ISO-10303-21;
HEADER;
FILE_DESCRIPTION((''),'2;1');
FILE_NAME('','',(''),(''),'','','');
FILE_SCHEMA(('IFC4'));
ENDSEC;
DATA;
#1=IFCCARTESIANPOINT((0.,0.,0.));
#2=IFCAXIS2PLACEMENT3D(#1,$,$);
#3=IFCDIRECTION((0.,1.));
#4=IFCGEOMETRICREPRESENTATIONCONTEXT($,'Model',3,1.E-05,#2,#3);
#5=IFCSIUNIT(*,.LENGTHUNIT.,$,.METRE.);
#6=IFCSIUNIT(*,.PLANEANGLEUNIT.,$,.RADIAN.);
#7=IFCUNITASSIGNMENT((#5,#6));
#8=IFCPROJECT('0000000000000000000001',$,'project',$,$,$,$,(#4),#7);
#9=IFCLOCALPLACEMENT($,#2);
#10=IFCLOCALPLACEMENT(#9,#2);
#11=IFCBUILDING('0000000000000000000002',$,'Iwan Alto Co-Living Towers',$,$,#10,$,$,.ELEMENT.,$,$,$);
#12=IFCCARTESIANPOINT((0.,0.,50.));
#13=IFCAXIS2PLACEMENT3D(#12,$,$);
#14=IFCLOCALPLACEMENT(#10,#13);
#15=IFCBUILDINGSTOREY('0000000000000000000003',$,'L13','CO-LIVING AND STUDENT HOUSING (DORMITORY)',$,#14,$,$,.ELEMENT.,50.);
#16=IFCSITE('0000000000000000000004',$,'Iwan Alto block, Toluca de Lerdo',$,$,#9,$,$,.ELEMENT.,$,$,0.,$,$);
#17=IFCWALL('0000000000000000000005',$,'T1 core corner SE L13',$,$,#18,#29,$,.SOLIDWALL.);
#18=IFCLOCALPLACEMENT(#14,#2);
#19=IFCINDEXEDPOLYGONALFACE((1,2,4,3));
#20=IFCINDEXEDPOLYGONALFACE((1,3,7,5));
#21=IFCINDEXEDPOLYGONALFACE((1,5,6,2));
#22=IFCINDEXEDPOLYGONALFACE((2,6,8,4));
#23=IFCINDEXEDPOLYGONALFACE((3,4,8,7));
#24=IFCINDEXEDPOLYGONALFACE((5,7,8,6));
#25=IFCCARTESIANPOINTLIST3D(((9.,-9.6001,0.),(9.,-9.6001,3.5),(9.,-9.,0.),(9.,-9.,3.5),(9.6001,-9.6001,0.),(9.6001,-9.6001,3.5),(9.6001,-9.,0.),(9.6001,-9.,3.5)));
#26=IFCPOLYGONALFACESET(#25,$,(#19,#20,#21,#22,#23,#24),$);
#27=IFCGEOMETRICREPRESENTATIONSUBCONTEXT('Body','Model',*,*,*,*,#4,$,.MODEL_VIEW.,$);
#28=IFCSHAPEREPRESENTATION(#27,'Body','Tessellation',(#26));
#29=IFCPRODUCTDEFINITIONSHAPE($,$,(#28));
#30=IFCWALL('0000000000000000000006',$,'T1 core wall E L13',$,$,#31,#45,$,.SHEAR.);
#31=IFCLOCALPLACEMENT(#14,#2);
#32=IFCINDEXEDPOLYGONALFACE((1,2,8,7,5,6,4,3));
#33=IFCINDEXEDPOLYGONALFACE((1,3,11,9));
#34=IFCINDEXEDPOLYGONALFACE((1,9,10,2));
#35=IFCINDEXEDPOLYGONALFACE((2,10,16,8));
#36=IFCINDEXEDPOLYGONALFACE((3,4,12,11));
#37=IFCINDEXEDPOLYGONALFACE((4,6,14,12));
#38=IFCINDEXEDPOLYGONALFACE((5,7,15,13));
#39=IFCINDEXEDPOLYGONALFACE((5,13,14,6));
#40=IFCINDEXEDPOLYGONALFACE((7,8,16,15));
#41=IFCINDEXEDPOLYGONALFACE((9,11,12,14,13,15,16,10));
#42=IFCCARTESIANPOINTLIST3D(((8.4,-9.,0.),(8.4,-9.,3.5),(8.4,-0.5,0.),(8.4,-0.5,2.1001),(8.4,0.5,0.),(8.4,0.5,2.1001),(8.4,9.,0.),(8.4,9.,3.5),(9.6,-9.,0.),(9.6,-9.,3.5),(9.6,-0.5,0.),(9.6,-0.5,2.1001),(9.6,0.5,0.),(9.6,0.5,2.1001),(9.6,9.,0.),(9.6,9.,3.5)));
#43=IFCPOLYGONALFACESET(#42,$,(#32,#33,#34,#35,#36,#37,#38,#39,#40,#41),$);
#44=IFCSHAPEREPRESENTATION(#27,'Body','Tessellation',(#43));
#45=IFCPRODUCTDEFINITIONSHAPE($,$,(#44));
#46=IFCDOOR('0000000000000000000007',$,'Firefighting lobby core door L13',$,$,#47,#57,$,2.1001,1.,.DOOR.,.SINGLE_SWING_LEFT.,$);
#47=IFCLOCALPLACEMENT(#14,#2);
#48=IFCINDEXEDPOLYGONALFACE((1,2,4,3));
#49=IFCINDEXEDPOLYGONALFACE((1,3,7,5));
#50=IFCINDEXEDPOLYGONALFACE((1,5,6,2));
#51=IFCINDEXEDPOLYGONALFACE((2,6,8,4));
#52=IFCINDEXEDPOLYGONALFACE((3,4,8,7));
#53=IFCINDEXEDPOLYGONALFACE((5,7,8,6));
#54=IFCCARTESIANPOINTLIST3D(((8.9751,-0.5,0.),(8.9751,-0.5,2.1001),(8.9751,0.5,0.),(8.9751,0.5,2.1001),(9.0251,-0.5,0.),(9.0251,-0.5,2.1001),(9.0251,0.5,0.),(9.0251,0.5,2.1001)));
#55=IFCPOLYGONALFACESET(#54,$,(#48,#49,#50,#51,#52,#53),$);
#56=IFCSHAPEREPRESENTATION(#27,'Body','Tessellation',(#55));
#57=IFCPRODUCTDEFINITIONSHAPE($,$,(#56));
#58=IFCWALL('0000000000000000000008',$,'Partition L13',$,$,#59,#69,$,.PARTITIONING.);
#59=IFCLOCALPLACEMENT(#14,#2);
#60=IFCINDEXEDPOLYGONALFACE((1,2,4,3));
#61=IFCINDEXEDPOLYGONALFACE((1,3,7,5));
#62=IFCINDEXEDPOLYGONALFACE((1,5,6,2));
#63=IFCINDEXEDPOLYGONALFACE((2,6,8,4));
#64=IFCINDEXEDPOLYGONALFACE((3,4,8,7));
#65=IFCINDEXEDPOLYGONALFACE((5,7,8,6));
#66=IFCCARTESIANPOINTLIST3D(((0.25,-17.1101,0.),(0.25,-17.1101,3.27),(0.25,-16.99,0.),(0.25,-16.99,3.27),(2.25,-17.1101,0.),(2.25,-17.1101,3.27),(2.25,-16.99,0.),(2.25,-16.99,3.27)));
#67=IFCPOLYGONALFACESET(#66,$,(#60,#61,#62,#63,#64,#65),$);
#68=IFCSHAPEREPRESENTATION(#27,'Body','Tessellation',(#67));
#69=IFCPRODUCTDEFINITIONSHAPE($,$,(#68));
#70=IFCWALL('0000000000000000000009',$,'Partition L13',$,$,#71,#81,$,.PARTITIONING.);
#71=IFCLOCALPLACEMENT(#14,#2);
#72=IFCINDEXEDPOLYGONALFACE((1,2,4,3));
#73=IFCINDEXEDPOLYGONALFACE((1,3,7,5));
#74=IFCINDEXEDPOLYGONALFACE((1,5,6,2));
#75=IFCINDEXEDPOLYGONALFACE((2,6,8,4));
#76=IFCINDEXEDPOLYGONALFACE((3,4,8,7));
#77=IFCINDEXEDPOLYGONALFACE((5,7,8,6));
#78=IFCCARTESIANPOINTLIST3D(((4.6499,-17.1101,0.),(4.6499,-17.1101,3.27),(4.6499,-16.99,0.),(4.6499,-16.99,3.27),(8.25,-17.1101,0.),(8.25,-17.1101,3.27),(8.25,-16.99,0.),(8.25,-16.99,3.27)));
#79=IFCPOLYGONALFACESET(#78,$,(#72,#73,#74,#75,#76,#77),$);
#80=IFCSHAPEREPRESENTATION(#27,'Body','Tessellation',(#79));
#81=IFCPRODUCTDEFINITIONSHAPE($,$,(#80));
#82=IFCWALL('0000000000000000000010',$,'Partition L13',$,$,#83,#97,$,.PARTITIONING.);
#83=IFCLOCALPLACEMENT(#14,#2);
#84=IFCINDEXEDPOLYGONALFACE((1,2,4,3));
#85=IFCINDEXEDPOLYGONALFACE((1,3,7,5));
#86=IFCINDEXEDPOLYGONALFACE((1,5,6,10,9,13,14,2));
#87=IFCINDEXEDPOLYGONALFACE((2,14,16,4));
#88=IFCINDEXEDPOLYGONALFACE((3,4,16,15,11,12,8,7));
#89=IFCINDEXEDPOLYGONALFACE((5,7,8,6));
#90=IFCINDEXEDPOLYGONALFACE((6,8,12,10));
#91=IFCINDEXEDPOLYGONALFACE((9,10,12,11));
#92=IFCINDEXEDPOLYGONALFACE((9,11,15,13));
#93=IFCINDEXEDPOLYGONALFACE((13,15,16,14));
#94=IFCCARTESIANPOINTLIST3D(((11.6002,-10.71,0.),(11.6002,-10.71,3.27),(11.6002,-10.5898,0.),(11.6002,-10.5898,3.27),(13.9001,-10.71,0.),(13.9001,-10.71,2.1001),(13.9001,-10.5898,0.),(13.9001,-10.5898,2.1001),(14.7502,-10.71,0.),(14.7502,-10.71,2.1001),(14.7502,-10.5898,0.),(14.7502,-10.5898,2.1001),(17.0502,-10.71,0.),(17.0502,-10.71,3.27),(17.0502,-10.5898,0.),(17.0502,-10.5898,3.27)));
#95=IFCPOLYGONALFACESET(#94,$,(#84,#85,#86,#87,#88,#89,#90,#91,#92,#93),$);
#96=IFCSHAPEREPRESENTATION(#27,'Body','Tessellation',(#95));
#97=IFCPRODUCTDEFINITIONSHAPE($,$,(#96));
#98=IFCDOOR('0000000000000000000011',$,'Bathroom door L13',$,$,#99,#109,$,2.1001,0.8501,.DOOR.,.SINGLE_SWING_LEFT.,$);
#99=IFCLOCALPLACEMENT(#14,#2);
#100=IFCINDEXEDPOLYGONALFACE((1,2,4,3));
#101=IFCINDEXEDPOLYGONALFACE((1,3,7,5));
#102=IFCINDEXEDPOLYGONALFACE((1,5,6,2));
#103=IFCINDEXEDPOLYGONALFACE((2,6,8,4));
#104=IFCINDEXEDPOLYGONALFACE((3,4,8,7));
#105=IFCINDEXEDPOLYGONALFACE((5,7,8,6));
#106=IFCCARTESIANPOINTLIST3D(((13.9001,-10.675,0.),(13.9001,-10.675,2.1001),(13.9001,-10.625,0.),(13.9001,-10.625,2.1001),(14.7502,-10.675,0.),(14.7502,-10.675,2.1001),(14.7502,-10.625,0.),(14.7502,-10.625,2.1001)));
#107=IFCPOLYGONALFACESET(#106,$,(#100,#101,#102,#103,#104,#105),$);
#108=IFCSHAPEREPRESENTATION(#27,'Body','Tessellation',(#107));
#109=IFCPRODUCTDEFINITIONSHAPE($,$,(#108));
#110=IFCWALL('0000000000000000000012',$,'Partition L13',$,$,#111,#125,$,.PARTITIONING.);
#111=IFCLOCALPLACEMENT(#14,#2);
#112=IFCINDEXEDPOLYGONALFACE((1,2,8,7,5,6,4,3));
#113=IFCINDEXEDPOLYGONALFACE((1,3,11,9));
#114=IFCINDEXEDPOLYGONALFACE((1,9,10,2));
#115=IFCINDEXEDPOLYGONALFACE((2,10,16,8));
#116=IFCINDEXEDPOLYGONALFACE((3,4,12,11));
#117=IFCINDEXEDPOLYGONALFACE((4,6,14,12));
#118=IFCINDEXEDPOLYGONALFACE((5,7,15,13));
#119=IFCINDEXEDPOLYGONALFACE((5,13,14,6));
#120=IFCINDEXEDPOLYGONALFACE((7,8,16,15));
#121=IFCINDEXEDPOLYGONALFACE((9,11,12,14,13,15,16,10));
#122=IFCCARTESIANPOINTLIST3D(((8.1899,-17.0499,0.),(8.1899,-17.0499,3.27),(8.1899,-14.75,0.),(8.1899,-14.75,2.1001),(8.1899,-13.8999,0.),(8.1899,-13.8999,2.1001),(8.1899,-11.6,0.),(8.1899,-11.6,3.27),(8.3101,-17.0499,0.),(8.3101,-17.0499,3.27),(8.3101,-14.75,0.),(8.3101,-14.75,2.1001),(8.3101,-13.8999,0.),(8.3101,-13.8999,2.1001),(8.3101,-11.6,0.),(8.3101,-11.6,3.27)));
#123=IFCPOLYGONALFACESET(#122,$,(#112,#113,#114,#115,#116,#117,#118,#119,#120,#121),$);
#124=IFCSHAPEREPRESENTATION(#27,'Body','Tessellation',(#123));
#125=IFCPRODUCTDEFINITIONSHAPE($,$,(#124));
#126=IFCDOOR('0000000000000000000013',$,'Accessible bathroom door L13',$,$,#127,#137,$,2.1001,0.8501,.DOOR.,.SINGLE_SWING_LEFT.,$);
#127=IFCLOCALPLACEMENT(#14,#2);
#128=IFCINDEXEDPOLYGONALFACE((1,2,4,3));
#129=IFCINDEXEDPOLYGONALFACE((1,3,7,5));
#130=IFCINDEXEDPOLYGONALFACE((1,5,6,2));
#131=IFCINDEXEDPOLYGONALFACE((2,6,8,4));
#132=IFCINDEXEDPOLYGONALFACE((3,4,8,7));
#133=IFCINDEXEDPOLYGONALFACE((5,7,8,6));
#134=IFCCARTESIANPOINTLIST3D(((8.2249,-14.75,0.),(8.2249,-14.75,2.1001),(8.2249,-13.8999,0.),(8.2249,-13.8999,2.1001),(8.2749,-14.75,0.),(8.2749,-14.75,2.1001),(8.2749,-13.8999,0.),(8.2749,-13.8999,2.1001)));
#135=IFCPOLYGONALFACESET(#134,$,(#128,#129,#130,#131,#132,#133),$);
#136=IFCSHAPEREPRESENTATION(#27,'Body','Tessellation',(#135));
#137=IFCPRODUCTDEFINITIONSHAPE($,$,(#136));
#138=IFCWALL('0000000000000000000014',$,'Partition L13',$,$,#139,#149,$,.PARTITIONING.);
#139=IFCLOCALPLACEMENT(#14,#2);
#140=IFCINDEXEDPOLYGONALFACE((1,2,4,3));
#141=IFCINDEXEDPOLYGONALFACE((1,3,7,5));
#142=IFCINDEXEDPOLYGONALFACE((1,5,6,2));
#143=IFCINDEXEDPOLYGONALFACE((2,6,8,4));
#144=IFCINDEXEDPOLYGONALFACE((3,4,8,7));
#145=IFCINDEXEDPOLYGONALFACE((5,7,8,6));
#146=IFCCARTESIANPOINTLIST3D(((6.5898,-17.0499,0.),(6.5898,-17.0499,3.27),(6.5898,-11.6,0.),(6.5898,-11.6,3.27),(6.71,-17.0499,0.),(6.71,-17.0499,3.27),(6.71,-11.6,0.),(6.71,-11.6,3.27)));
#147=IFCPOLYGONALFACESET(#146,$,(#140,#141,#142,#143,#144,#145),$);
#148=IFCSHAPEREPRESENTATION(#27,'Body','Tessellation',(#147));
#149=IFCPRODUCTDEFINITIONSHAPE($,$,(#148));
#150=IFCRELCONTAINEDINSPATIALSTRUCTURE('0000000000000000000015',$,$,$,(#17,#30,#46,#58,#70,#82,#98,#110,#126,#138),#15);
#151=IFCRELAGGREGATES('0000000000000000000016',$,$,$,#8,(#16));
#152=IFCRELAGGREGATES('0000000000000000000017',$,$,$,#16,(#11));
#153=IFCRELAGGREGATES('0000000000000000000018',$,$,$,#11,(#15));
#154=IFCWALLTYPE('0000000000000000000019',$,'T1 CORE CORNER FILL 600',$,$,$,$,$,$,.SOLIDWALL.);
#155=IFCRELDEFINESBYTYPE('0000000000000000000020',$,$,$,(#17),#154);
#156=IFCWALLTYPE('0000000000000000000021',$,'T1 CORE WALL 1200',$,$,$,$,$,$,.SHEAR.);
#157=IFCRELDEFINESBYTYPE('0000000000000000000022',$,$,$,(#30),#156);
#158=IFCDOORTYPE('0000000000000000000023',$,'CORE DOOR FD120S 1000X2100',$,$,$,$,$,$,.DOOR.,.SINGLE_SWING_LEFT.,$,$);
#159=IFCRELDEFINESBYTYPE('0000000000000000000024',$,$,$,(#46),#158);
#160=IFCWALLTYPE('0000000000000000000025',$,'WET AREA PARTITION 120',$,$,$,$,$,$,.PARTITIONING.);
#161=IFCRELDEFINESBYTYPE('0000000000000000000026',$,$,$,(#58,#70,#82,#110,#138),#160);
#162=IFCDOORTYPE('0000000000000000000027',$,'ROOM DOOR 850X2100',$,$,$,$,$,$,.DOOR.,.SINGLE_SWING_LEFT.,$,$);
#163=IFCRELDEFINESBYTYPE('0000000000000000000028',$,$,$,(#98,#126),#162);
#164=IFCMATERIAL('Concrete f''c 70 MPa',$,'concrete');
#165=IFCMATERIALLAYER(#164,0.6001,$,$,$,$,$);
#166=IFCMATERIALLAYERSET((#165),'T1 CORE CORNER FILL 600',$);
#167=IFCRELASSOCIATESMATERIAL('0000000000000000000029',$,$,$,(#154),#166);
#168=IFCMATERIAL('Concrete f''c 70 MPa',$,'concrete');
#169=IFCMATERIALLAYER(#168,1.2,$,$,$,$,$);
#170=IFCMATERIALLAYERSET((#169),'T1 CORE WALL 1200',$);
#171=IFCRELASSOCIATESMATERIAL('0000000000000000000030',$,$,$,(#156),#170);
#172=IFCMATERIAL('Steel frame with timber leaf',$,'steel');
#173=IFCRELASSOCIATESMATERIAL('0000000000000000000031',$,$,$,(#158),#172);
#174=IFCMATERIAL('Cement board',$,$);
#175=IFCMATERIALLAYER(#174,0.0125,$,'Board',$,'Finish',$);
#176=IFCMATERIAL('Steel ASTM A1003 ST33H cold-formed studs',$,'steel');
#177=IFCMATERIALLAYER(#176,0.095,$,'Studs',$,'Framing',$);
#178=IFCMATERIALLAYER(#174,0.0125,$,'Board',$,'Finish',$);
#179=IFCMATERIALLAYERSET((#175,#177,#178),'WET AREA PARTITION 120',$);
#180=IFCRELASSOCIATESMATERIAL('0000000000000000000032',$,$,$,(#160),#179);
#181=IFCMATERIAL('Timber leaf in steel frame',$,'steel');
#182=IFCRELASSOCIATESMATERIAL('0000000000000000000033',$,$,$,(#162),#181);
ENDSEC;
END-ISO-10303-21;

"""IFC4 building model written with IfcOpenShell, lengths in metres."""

from ifc_helpers import new_model, si_unit, direction, frame, frame_2d, origin, place, context, subcontext, project, spatial, rectangle, extrude, material, layer, layer_set, type_object, element, fill, save


model = new_model("IFC4")

# Units and contexts
model_context = context("Model", 3, precision=1e-05, world=origin(), true_north=direction((0.0, 1.0)))
body_context = subcontext(model_context, "Body", "Model", "MODEL_VIEW")
ifc_project = project(units=[si_unit("LENGTHUNIT", "METRE"), si_unit("PLANEANGLEUNIT", "RADIAN")], contexts=[model_context])

# Site, building, storey
site_placement = place(None, origin())
site = spatial("IfcSite", under=ifc_project, at=site_placement, Name="Iwan Alto block, Toluca de Lerdo", CompositionType="ELEMENT", RefElevation=0.0)
building_placement = place(site_placement, origin())
building = spatial("IfcBuilding", under=site, at=building_placement, Name="Iwan Alto Co-Living Towers", CompositionType="ELEMENT")
storey_placement = place(building_placement, frame((0.0, 0.0, 50.0)))
storey = spatial("IfcBuildingStorey", under=building, at=storey_placement, Name="L13", Description="CO-LIVING AND STUDENT HOUSING (DORMITORY)", CompositionType="ELEMENT", Elevation=50.0)

# Shared definitions
ifc_material_1 = material(Name="Steel ASTM A1003 ST33H cold-formed studs", Category="steel")

# Wall
ifc_material_2 = material(Name="Concrete f'c 70 MPa", Category="concrete")
ifc_layer_1 = layer(ifc_material_2, 0.6001)
ifc_layer_set_1 = layer_set([ifc_layer_1], Name="T1 CORE CORNER FILL 600")
wall_type_1 = type_object("IfcWallType", Name="T1 CORE CORNER FILL 600", PredefinedType="SOLIDWALL", material=ifc_layer_set_1)
wall_1_placement = place(storey_placement, frame((9.0, -9.3, 0.0), z_axis=(0.0, 0.0, 1.0), x_axis=(1.0, 0.0, 0.0)))
element("IfcWall", 1, at=wall_1_placement, inside=storey, type_object=wall_type_1, Name="T1 core corner SE L13", PredefinedType="SOLIDWALL", context=body_context, shape_type="SweptSolid", body=[
    extrude(rectangle(XDim=0.6001, YDim=0.6001, at=frame_2d((0.3, 0.0))), origin(), (0.0, 0.0, 1.0), 3.5),
])

# Wall, opening, door
ifc_material_3 = material(Name="Concrete f'c 70 MPa", Category="concrete")
ifc_layer_2 = layer(ifc_material_3, 1.2)
ifc_layer_set_2 = layer_set([ifc_layer_2], Name="T1 CORE WALL 1200")
wall_type_2 = type_object("IfcWallType", Name="T1 CORE WALL 1200", PredefinedType="SHEAR", material=ifc_layer_set_2)
wall_2_placement = place(storey_placement, frame((9.0, -9.0, 0.0), z_axis=(0.0, 0.0, 1.0), x_axis=(0.0, 1.0, 0.0)))
wall_2 = element("IfcWall", 2, at=wall_2_placement, inside=storey, type_object=wall_type_2, Name="T1 core wall E L13", PredefinedType="SHEAR", context=body_context, shape_type="SweptSolid", body=[
    extrude(rectangle(XDim=18.0, YDim=1.2, at=frame_2d((9.0, 0.0))), origin(), (0.0, 0.0, 1.0), 3.5),
])
opening_1_placement = place(wall_2_placement, frame((8.5, 0.0, 0.0)))
opening_1 = element("IfcOpeningElement", 3, at=opening_1_placement, cuts=wall_2, PredefinedType="OPENING", context=body_context, shape_type="SweptSolid", body=[
    extrude(rectangle(XDim=1.0, YDim=2.1001, at=frame_2d((0.5, 1.05))), frame((0.0, 0.6099, 0.0), z_axis=(0.0, -1.0, 0.0), x_axis=(1.0, 0.0, 0.0)), (0.0, 0.0, 1.0), 1.22),
])
ifc_material_4 = material(Name="Steel frame with timber leaf", Category="steel")
door_type_1 = type_object("IfcDoorType", Name="CORE DOOR FD120S 1000X2100", OperationType="SINGLE_SWING_LEFT", PredefinedType="DOOR", material=ifc_material_4)
door_1_placement = place(opening_1_placement, origin())
door_1 = element("IfcDoor", 4, at=door_1_placement, inside=storey, type_object=door_type_1, Name="Firefighting lobby core door L13", OperationType="SINGLE_SWING_LEFT", OverallHeight=2.1001, OverallWidth=1.0, PredefinedType="DOOR", context=body_context, shape_type="SweptSolid", body=[
    extrude(rectangle(XDim=1.0, YDim=2.1001, at=frame_2d((0.5, 1.05))), frame((0.0, 0.0249, 0.0), z_axis=(0.0, -1.0, 0.0), x_axis=(1.0, 0.0, 0.0)), (0.0, 0.0, 1.0), 0.05),
])
fill(opening_1, door_1)

# Walls
ifc_material_5 = material(Name="Cement board")
ifc_layer_3 = layer(ifc_material_5, 0.0125, Name="Board", Category="Finish")
ifc_layer_4 = layer(ifc_material_1, 0.095, Name="Studs", Category="Framing")
ifc_layer_5 = layer(ifc_material_5, 0.0125, Name="Board", Category="Finish")
ifc_layer_set_3 = layer_set([ifc_layer_3, ifc_layer_4, ifc_layer_5], Name="WET AREA PARTITION 120")
wall_type_3 = type_object("IfcWallType", Name="WET AREA PARTITION 120", PredefinedType="PARTITIONING", material=ifc_layer_set_3)
wall_3_placement = place(storey_placement, frame((0.25, -17.05, 0.0), z_axis=(0.0, 0.0, 1.0), x_axis=(1.0, 0.0, 0.0)))
element("IfcWall", 5, at=wall_3_placement, inside=storey, type_object=wall_type_3, Name="Partition L13", PredefinedType="PARTITIONING", context=body_context, shape_type="SweptSolid", body=[
    extrude(rectangle(XDim=2.0, YDim=0.1201, at=frame_2d((1.0, 0.0))), origin(), (0.0, 0.0, 1.0), 3.27),
])
wall_4_placement = place(storey_placement, frame((4.6499, -17.05, 0.0), z_axis=(0.0, 0.0, 1.0), x_axis=(1.0, 0.0, 0.0)))
element("IfcWall", 6, at=wall_4_placement, inside=storey, type_object=wall_type_3, Name="Partition L13", PredefinedType="PARTITIONING", context=body_context, shape_type="SweptSolid", body=[
    extrude(rectangle(XDim=3.6001, YDim=0.1201, at=frame_2d((1.8, 0.0))), origin(), (0.0, 0.0, 1.0), 3.27),
])

# Walls, openings, doors
wall_5_placement = place(storey_placement, frame((11.6001, -10.6499, 0.0), z_axis=(0.0, 0.0, 1.0), x_axis=(1.0, 0.0, 0.0)))
wall_5 = element("IfcWall", 7, at=wall_5_placement, inside=storey, type_object=wall_type_3, Name="Partition L13", PredefinedType="PARTITIONING", context=body_context, shape_type="SweptSolid", body=[
    extrude(rectangle(XDim=5.45, YDim=0.1201, at=frame_2d((2.7251, 0.0))), origin(), (0.0, 0.0, 1.0), 3.27),
])
opening_2_placement = place(wall_5_placement, frame((2.3, 0.0, 0.0)))
opening_2 = element("IfcOpeningElement", 8, at=opening_2_placement, cuts=wall_5, PredefinedType="OPENING", context=body_context, shape_type="SweptSolid", body=[
    extrude(rectangle(XDim=0.8501, YDim=2.1001, at=frame_2d((0.425, 1.05))), frame((0.0, 0.0701, 0.0), z_axis=(0.0, -1.0, 0.0), x_axis=(1.0, 0.0, 0.0)), (0.0, 0.0, 1.0), 0.1401),
])
ifc_material_6 = material(Name="Timber leaf in steel frame", Category="steel")
door_type_2 = type_object("IfcDoorType", Name="ROOM DOOR 850X2100", OperationType="SINGLE_SWING_LEFT", PredefinedType="DOOR", material=ifc_material_6)
door_2_placement = place(opening_2_placement, origin())
door_2 = element("IfcDoor", 9, at=door_2_placement, inside=storey, type_object=door_type_2, Name="Bathroom door L13", OperationType="SINGLE_SWING_LEFT", OverallHeight=2.1001, OverallWidth=0.8501, PredefinedType="DOOR", context=body_context, shape_type="SweptSolid", body=[
    extrude(rectangle(XDim=0.8501, YDim=2.1001, at=frame_2d((0.425, 1.05))), frame((0.0, 0.0249, 0.0), z_axis=(0.0, -1.0, 0.0), x_axis=(1.0, 0.0, 0.0)), (0.0, 0.0, 1.0), 0.05),
])
fill(opening_2, door_2)
wall_6_placement = place(storey_placement, frame((8.25, -17.05, 0.0), z_axis=(0.0, 0.0, 1.0), x_axis=(0.0, 1.0, 0.0)))
wall_6 = element("IfcWall", 10, at=wall_6_placement, inside=storey, type_object=wall_type_3, Name="Partition L13", PredefinedType="PARTITIONING", context=body_context, shape_type="SweptSolid", body=[
    extrude(rectangle(XDim=5.45, YDim=0.1201, at=frame_2d((2.7251, 0.0))), origin(), (0.0, 0.0, 1.0), 3.27),
])
opening_3_placement = place(wall_6_placement, frame((2.3, 0.0, 0.0)))
opening_3 = element("IfcOpeningElement", 11, at=opening_3_placement, cuts=wall_6, PredefinedType="OPENING", context=body_context, shape_type="SweptSolid", body=[
    extrude(rectangle(XDim=0.8501, YDim=2.1001, at=frame_2d((0.425, 1.05))), frame((0.0, 0.0701, 0.0), z_axis=(0.0, -1.0, 0.0), x_axis=(1.0, 0.0, 0.0)), (0.0, 0.0, 1.0), 0.1401),
])
door_3_placement = place(opening_3_placement, frame((0.8501, 0.0, 0.0), z_axis=(0.0, 0.0, 1.0), x_axis=(-1.0, 0.0, 0.0)))
door_3 = element("IfcDoor", 12, at=door_3_placement, inside=storey, type_object=door_type_2, Name="Accessible bathroom door L13", OperationType="SINGLE_SWING_LEFT", OverallHeight=2.1001, OverallWidth=0.8501, PredefinedType="DOOR", context=body_context, shape_type="SweptSolid", body=[
    extrude(rectangle(XDim=0.8501, YDim=2.1001, at=frame_2d((0.425, 1.05))), frame((0.0, 0.0249, 0.0), z_axis=(0.0, -1.0, 0.0), x_axis=(1.0, 0.0, 0.0)), (0.0, 0.0, 1.0), 0.05),
])
fill(opening_3, door_3)

# Wall
wall_7_placement = place(storey_placement, frame((6.6499, -17.05, 0.0), z_axis=(0.0, 0.0, 1.0), x_axis=(0.0, 1.0, 0.0)))
element("IfcWall", 13, at=wall_7_placement, inside=storey, type_object=wall_type_3, Name="Partition L13", PredefinedType="PARTITIONING", context=body_context, shape_type="SweptSolid", body=[
    extrude(rectangle(XDim=5.45, YDim=0.1201, at=frame_2d((2.7251, 0.0))), origin(), (0.0, 0.0, 1.0), 3.27),
])

save(model, "model.ifc")
